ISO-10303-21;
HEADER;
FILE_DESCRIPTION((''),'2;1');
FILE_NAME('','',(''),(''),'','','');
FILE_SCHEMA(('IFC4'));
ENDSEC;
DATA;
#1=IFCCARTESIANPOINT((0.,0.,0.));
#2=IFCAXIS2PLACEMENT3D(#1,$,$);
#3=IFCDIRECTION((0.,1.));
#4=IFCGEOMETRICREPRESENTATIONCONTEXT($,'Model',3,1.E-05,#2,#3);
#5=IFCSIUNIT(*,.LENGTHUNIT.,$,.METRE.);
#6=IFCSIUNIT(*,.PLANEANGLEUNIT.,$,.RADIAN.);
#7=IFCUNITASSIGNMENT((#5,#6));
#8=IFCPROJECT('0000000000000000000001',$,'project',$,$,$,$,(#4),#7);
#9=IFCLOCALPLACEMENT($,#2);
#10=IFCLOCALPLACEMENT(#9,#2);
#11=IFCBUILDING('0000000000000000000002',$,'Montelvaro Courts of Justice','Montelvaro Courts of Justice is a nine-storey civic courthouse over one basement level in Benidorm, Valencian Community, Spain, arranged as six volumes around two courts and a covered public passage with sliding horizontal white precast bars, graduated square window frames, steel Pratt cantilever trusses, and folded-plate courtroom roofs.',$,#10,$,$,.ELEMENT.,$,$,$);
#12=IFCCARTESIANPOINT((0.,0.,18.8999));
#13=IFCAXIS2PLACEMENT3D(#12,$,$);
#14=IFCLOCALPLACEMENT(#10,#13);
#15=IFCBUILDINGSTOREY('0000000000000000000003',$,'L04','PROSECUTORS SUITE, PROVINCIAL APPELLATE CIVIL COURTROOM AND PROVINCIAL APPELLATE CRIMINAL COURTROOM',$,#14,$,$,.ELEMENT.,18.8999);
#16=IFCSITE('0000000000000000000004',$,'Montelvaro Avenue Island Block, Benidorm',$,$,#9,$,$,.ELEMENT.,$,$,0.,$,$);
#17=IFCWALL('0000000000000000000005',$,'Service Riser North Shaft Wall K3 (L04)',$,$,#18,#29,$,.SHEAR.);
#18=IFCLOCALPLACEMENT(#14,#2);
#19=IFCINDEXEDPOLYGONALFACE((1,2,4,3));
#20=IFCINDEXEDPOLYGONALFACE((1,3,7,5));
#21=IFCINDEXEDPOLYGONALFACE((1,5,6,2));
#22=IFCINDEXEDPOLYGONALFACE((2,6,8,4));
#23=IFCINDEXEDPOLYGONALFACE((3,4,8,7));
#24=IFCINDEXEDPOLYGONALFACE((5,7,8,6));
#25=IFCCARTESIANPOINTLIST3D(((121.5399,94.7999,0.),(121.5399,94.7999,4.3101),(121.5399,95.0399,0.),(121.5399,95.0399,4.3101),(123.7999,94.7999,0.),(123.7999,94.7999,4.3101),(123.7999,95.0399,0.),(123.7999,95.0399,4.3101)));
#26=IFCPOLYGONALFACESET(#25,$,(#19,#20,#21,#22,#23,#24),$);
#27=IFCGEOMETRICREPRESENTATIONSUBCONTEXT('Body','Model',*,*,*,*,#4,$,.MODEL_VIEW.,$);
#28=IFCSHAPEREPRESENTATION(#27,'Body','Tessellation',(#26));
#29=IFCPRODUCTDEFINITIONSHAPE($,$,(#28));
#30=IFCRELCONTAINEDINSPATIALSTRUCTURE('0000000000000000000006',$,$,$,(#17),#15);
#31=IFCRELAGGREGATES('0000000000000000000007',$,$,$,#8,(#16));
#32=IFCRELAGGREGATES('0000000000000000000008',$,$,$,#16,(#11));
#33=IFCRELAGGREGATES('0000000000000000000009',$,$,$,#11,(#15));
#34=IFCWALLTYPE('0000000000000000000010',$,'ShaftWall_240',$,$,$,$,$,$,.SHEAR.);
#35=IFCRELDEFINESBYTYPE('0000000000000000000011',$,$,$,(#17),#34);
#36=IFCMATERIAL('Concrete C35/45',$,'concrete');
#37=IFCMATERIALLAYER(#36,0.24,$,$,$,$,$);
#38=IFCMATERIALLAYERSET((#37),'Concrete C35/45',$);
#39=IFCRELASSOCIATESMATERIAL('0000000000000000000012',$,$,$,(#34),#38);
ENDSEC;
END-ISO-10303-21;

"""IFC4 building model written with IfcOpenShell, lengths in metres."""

from ifc_helpers import new_model, si_unit, direction, frame, frame_2d, origin, place, context, subcontext, project, spatial, rectangle, extrude, material, layer, layer_set, type_object, element, save


model = new_model("IFC4")

# Units and contexts
model_context = context("Model", 3, precision=1e-05, world=origin(), true_north=direction((0.0, 1.0)))
body_context = subcontext(model_context, "Body", "Model", "MODEL_VIEW")
ifc_project = project(units=[si_unit("LENGTHUNIT", "METRE"), si_unit("PLANEANGLEUNIT", "RADIAN")], contexts=[model_context])

# Site, building, storey
site_placement = place(None, origin())
site = spatial("IfcSite", under=ifc_project, at=site_placement, Name="Montelvaro Avenue Island Block, Benidorm", CompositionType="ELEMENT", RefElevation=0.0)
building_placement = place(site_placement, origin())
building = spatial("IfcBuilding", under=site, at=building_placement, Name="Montelvaro Courts of Justice", Description="Montelvaro Courts of Justice is a nine-storey civic courthouse over one basement level in Benidorm, Valencian Community, Spain, arranged as six volumes around two courts and a covered public passage with sliding horizontal white precast bars, graduated square window frames, steel Pratt cantilever trusses, and folded-plate courtroom roofs.", CompositionType="ELEMENT")
storey_placement = place(building_placement, frame((0.0, 0.0, 18.8999)))
storey = spatial("IfcBuildingStorey", under=building, at=storey_placement, Name="L04", Description="PROSECUTORS SUITE, PROVINCIAL APPELLATE CIVIL COURTROOM AND PROVINCIAL APPELLATE CRIMINAL COURTROOM", CompositionType="ELEMENT", Elevation=18.8999)

# Shared definitions
ifc_material_1 = material(Name="Concrete C35/45", Category="concrete")
ifc_layer_1 = layer(ifc_material_1, 0.24)
ifc_layer_set_1 = layer_set([ifc_layer_1], Name="Concrete C35/45")
wall_type_1 = type_object("IfcWallType", Name="ShaftWall_240", PredefinedType="SHEAR", material=ifc_layer_set_1)

# Wall
wall_1_placement = place(storey_placement, frame((121.54, 94.9199, 0.0), z_axis=(0.0, 0.0, 1.0), x_axis=(1.0, 0.0, 0.0)))
element("IfcWall", 1, at=wall_1_placement, inside=storey, type_object=wall_type_1, Name="Service Riser North Shaft Wall K3 (L04)", PredefinedType="SHEAR", context=body_context, shape_type="SweptSolid", body=[
    extrude(rectangle(XDim=2.26, YDim=0.24, at=frame_2d((1.1299, 0.0))), origin(), (0.0, 0.0, 1.0), 4.3101),
])

save(model, "model.ifc")
